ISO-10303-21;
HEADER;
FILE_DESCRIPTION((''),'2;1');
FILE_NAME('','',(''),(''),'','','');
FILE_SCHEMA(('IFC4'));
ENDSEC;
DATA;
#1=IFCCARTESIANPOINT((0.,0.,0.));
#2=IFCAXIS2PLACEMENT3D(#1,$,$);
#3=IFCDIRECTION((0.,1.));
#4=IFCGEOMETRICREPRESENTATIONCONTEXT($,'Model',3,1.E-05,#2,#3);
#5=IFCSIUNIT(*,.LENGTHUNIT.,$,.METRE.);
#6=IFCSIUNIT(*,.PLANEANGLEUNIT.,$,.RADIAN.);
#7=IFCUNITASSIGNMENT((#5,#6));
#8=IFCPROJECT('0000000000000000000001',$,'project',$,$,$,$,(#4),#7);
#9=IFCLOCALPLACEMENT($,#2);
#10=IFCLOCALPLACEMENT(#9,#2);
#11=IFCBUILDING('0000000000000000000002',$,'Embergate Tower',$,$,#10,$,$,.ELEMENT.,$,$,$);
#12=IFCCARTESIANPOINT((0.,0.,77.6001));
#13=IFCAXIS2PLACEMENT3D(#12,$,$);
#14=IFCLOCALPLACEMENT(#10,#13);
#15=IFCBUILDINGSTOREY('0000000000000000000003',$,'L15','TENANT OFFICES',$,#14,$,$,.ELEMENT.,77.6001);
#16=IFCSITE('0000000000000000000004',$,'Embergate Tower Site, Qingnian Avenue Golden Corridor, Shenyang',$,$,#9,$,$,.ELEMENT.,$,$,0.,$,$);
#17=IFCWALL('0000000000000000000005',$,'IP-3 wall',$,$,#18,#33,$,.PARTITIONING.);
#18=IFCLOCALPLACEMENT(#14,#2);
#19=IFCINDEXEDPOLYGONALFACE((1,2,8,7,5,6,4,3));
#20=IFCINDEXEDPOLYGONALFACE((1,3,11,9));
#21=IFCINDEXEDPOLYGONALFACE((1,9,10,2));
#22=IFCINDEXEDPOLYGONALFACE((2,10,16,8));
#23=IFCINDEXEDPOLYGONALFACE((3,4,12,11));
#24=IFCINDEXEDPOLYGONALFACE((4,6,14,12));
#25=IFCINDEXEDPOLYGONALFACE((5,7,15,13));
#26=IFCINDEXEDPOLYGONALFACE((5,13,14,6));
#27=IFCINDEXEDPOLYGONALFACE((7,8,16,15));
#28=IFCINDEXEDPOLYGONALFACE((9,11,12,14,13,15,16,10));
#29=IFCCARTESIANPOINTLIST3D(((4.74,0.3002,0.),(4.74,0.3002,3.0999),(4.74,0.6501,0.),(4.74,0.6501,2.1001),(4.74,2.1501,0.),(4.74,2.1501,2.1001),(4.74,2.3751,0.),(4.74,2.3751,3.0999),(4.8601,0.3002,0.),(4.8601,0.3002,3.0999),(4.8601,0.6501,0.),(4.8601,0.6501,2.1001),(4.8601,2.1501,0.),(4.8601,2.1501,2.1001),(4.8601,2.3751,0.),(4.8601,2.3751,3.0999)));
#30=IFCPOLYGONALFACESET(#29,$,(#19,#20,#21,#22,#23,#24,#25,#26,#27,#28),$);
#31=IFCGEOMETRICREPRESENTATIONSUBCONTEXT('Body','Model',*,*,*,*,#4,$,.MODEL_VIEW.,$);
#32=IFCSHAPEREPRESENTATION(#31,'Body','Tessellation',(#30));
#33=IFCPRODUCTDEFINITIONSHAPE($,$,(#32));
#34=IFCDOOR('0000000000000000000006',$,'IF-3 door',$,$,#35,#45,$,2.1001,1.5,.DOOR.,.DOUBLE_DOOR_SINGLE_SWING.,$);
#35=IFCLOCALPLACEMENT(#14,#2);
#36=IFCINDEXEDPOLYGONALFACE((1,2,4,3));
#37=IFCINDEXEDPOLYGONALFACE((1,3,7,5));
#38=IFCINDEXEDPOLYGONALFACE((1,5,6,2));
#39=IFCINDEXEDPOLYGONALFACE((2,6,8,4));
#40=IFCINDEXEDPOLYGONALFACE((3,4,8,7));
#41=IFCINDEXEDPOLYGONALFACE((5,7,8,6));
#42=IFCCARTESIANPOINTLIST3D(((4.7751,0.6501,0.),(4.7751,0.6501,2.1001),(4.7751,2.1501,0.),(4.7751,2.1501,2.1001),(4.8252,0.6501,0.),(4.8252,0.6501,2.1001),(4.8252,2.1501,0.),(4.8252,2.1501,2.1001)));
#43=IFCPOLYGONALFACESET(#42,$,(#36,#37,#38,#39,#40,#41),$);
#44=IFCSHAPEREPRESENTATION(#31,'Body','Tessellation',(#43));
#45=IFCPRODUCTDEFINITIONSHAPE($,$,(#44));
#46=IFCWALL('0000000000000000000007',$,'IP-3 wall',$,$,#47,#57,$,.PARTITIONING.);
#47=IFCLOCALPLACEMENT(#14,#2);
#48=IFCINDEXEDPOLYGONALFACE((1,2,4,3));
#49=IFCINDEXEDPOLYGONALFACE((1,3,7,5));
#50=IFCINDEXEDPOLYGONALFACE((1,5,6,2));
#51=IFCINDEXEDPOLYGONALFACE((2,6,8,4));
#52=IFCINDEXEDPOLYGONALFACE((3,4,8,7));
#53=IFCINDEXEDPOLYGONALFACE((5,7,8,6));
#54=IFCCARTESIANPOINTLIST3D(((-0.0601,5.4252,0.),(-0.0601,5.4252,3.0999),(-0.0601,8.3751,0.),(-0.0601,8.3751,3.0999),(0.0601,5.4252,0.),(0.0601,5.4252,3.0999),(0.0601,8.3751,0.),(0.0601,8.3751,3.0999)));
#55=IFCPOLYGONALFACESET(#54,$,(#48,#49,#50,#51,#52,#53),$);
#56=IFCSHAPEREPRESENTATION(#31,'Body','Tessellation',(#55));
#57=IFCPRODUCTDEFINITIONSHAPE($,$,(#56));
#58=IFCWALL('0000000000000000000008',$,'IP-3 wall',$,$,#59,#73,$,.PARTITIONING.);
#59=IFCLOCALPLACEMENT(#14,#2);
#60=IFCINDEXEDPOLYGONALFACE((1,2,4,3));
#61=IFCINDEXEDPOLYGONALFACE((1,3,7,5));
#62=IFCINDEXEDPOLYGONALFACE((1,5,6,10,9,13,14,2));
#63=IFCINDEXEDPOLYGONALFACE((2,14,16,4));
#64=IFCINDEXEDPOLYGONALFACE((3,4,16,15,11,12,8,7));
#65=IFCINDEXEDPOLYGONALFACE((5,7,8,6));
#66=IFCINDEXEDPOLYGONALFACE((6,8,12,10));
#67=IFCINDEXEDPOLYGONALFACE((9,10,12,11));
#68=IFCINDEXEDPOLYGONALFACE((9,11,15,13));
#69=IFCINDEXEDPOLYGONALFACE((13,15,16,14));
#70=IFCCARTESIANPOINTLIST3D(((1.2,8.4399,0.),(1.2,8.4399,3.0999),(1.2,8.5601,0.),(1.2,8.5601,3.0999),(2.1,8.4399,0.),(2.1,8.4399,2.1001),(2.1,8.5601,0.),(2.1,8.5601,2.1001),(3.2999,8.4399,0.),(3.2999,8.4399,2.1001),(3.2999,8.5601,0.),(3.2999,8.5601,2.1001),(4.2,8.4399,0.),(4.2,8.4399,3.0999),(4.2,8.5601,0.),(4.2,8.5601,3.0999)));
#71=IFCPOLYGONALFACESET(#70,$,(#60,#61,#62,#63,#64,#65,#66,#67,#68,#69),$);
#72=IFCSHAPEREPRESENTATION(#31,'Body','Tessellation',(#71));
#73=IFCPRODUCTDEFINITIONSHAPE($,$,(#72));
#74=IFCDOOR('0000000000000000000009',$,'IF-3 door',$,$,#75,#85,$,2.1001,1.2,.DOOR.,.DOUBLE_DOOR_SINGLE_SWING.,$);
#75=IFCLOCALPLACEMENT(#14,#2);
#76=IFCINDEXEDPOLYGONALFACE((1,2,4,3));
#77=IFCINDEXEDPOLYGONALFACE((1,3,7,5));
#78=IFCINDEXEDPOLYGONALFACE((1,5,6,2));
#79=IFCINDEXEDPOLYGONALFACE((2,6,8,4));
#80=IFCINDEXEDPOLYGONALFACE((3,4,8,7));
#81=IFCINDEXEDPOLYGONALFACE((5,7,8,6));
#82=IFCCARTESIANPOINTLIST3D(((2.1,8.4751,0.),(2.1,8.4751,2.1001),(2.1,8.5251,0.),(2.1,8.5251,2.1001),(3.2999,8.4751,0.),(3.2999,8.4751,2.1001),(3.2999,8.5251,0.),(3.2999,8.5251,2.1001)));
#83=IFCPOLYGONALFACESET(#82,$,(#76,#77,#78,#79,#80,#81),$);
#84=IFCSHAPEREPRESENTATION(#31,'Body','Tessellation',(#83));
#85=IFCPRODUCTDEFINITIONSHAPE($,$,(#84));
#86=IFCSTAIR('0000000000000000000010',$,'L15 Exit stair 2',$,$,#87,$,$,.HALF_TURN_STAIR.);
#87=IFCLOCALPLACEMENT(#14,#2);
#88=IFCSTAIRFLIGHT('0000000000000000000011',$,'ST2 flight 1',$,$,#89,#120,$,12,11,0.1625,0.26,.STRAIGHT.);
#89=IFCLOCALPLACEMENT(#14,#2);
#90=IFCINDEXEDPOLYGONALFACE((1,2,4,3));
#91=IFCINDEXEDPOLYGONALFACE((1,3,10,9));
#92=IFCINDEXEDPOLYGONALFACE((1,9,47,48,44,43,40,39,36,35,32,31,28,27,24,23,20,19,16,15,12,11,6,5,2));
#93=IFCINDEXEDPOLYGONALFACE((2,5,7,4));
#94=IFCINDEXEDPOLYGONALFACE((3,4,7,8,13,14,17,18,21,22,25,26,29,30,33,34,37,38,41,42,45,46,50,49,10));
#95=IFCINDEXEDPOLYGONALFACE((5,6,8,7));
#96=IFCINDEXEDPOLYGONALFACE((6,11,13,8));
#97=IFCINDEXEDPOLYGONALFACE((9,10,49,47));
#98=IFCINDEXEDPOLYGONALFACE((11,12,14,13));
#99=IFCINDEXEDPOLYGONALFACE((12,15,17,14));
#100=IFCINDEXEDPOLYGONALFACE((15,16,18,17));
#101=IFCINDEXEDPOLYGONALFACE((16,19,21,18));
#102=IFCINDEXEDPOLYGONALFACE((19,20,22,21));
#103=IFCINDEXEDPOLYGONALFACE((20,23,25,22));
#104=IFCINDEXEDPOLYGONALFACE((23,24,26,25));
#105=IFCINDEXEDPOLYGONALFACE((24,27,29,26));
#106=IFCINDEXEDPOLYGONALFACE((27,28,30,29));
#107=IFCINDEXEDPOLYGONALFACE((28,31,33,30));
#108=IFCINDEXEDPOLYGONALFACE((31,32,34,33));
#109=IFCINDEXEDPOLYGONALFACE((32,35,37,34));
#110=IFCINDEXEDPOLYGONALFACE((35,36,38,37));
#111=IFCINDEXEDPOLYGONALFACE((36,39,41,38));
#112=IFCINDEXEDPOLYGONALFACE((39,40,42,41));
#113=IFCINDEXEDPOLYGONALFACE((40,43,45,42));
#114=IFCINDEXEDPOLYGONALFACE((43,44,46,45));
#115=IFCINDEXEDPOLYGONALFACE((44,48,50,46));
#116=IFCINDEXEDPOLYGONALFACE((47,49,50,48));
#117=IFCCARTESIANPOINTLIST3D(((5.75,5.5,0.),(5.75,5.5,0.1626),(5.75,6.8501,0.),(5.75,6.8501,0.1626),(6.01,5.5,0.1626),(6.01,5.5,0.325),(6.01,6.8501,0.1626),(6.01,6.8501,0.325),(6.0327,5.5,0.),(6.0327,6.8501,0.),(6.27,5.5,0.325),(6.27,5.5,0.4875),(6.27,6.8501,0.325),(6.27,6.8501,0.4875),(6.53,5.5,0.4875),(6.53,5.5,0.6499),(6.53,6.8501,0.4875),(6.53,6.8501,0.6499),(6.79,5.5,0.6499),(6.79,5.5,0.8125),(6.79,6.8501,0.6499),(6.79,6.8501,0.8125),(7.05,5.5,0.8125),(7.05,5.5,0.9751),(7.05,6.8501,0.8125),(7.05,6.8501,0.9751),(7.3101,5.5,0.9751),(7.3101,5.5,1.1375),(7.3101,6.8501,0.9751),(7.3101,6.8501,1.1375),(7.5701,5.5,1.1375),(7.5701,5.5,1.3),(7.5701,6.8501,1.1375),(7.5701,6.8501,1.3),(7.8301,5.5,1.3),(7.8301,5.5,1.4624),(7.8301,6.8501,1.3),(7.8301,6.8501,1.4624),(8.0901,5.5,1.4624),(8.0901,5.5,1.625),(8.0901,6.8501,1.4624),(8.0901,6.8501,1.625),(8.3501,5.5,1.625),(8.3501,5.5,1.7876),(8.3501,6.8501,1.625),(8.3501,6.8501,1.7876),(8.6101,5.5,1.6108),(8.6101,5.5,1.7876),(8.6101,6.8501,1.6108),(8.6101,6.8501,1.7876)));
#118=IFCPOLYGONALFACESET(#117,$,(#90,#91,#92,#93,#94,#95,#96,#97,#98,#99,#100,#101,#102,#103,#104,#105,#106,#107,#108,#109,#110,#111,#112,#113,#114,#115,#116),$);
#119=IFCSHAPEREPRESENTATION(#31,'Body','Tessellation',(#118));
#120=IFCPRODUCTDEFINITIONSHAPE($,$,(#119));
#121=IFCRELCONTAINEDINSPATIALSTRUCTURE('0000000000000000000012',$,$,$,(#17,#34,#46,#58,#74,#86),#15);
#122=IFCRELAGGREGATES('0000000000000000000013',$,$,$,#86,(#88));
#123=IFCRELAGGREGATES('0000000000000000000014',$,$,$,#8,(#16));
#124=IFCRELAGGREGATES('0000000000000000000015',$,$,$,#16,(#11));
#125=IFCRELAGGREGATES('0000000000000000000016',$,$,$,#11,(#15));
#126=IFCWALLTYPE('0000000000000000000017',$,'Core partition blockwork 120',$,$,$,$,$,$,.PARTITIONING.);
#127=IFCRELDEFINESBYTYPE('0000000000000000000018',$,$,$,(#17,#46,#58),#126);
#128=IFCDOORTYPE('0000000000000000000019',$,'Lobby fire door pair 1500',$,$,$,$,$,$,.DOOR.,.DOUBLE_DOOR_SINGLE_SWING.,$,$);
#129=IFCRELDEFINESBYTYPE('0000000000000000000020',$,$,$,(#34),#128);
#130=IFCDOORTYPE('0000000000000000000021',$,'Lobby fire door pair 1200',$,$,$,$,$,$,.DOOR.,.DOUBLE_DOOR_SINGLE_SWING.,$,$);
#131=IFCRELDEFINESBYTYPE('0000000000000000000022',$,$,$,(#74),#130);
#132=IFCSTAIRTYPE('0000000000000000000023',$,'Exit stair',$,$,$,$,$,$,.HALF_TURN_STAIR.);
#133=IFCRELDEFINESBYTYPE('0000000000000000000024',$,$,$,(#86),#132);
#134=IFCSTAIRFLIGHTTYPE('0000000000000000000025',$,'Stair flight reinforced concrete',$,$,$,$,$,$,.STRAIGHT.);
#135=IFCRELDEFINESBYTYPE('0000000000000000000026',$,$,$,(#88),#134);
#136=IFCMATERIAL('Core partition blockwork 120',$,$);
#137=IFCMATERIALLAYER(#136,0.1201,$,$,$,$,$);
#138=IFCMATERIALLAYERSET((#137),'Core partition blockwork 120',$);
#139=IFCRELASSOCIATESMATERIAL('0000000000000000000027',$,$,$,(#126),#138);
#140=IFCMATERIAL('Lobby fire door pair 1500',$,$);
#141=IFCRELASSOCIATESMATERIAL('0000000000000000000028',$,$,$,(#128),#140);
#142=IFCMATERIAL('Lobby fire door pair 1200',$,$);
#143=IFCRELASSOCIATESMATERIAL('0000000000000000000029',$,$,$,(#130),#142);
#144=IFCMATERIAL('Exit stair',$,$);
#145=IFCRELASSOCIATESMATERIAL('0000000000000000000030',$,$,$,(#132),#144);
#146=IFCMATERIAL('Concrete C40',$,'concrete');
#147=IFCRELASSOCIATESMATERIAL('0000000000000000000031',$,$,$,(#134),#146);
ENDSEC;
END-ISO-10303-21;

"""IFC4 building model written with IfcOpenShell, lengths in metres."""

from ifc_helpers import new_model, si_unit, direction, frame, frame_2d, origin, place, context, subcontext, project, spatial, polyline, rectangle, outline, extrude, source, transform, mapped, material, layer, layer_set, type_object, element, fill, aggregate, save


model = new_model("IFC4")

# Units and contexts
model_context = context("Model", 3, precision=1e-05, world=origin(), true_north=direction((0.0, 1.0)))
body_context = subcontext(model_context, "Body", "Model", "MODEL_VIEW")
ifc_project = project(units=[si_unit("LENGTHUNIT", "METRE"), si_unit("PLANEANGLEUNIT", "RADIAN")], contexts=[model_context])

# Site, building, storey
site_placement = place(None, origin())
site = spatial("IfcSite", under=ifc_project, at=site_placement, Name="Embergate Tower Site, Qingnian Avenue Golden Corridor, Shenyang", CompositionType="ELEMENT", RefElevation=0.0)
building_placement = place(site_placement, origin())
building = spatial("IfcBuilding", under=site, at=building_placement, Name="Embergate Tower", CompositionType="ELEMENT")
storey_placement = place(building_placement, frame((0.0, 0.0, 77.6001)))
storey = spatial("IfcBuildingStorey", under=building, at=storey_placement, Name="L15", Description="TENANT OFFICES", CompositionType="ELEMENT", Elevation=77.6001)

# Shared definitions
shared_shape_1 = source(origin(), body_context, "Body", "SweptSolid", [
    extrude(rectangle(XDim=1.2, YDim=2.1001, at=frame_2d((0.6001, 1.05))), frame((0.0, 0.0249, 0.0), z_axis=(0.0, -1.0, 0.0), x_axis=(1.0, 0.0, 0.0)), (0.0, 0.0, 1.0), 0.05),
])

# Shared definitions
ifc_material_1 = material(Name="Core partition blockwork 120")
ifc_layer_1 = layer(ifc_material_1, 0.1201)
ifc_layer_set_1 = layer_set([ifc_layer_1], Name="Core partition blockwork 120")
wall_type_1 = type_object("IfcWallType", Name="Core partition blockwork 120", PredefinedType="PARTITIONING", material=ifc_layer_set_1)

# Wall, opening, door
shared_shape_2 = source(origin(), body_context, "Body", "SweptSolid", [
    extrude(rectangle(XDim=2.075, YDim=0.1201, at=frame_2d((1.0376, 0.0))), origin(), (0.0, 0.0, 1.0), 3.0999),
])
wall_1_placement = place(storey_placement, frame((4.8, 0.3, 0.0), z_axis=(0.0, 0.0, 1.0), x_axis=(0.0, 1.0, 0.0)))
wall_1 = element("IfcWall", 1, at=wall_1_placement, inside=storey, type_object=wall_type_1, Name="IP-3 wall", PredefinedType="PARTITIONING", context=body_context, shape_type="MappedRepresentation", body=[
    mapped(shared_shape_2, transform((0.0, 0.0, 0.0))),
])
shared_shape_3 = source(origin(), body_context, "Body", "SweptSolid", [
    extrude(rectangle(XDim=1.5, YDim=2.1001, at=frame_2d((0.75, 1.05))), frame((0.0, 0.0701, 0.0), z_axis=(0.0, -1.0, 0.0), x_axis=(1.0, 0.0, 0.0)), (0.0, 0.0, 1.0), 0.1401),
])
opening_1_placement = place(wall_1_placement, frame((0.3501, 0.0, 0.0)))
opening_1 = element("IfcOpeningElement", 2, at=opening_1_placement, cuts=wall_1, PredefinedType="OPENING", context=body_context, shape_type="MappedRepresentation", body=[
    mapped(shared_shape_3, transform((0.0, 0.0, 0.0))),
])
ifc_material_2 = material(Name="Lobby fire door pair 1500")
door_type_1 = type_object("IfcDoorType", Name="Lobby fire door pair 1500", OperationType="DOUBLE_DOOR_SINGLE_SWING", PredefinedType="DOOR", material=ifc_material_2)
shared_shape_4 = source(origin(), body_context, "Body", "SweptSolid", [
    extrude(rectangle(XDim=1.5, YDim=2.1001, at=frame_2d((0.75, 1.05))), frame((0.0, 0.0249, 0.0), z_axis=(0.0, -1.0, 0.0), x_axis=(1.0, 0.0, 0.0)), (0.0, 0.0, 1.0), 0.05),
])
door_1_placement = place(opening_1_placement, origin())
door_1 = element("IfcDoor", 3, at=door_1_placement, inside=storey, type_object=door_type_1, Name="IF-3 door", OperationType="DOUBLE_DOOR_SINGLE_SWING", OverallHeight=2.1001, OverallWidth=1.5, PredefinedType="DOOR", context=body_context, shape_type="MappedRepresentation", body=[
    mapped(shared_shape_4, transform((0.0, 0.0, 0.0))),
])
fill(opening_1, door_1)

# Wall
shared_shape_5 = source(origin(), body_context, "Body", "SweptSolid", [
    extrude(rectangle(XDim=2.95, YDim=0.1201, at=frame_2d((1.4751, 0.0))), origin(), (0.0, 0.0, 1.0), 3.0999),
])
wall_2_placement = place(storey_placement, frame((0.0, 5.425, 0.0), z_axis=(0.0, 0.0, 1.0), x_axis=(0.0, 1.0, 0.0)))
element("IfcWall", 4, at=wall_2_placement, inside=storey, type_object=wall_type_1, Name="IP-3 wall", PredefinedType="PARTITIONING", context=body_context, shape_type="MappedRepresentation", body=[
    mapped(shared_shape_5, transform((0.0, 0.0, 0.0))),
])

# Wall, opening, door
shared_shape_6 = source(origin(), body_context, "Body", "SweptSolid", [
    extrude(rectangle(XDim=3.0, YDim=0.1201, at=frame_2d((1.5, 0.0))), origin(), (0.0, 0.0, 1.0), 3.0999),
])
wall_3_placement = place(storey_placement, frame((4.2, 8.5, 0.0), z_axis=(0.0, 0.0, 1.0), x_axis=(-1.0, 0.0, 0.0)))
wall_3 = element("IfcWall", 5, at=wall_3_placement, inside=storey, type_object=wall_type_1, Name="IP-3 wall", PredefinedType="PARTITIONING", context=body_context, shape_type="MappedRepresentation", body=[
    mapped(shared_shape_6, transform((0.0, 0.0, 0.0))),
])
shared_shape_7 = source(origin(), body_context, "Body", "SweptSolid", [
    extrude(rectangle(XDim=1.2, YDim=2.1001, at=frame_2d((0.6001, 1.05))), frame((0.0, 0.0701, 0.0), z_axis=(0.0, -1.0, 0.0), x_axis=(1.0, 0.0, 0.0)), (0.0, 0.0, 1.0), 0.1401),
])
opening_2_placement = place(wall_3_placement, frame((0.8999, 0.0, 0.0)))
opening_2 = element("IfcOpeningElement", 6, at=opening_2_placement, cuts=wall_3, PredefinedType="OPENING", context=body_context, shape_type="MappedRepresentation", body=[
    mapped(shared_shape_7, transform((0.0, 0.0, 0.0))),
])
ifc_material_3 = material(Name="Lobby fire door pair 1200")
door_type_2 = type_object("IfcDoorType", Name="Lobby fire door pair 1200", OperationType="DOUBLE_DOOR_SINGLE_SWING", PredefinedType="DOOR", material=ifc_material_3)
door_2_placement = place(opening_2_placement, origin())
door_2 = element("IfcDoor", 7, at=door_2_placement, inside=storey, type_object=door_type_2, Name="IF-3 door", OperationType="DOUBLE_DOOR_SINGLE_SWING", OverallHeight=2.1001, OverallWidth=1.2, PredefinedType="DOOR", context=body_context, shape_type="MappedRepresentation", body=[
    mapped(shared_shape_1, transform((0.0, 0.0, 0.0))),
])
fill(opening_2, door_2)

# Stair, stair flight
ifc_material_4 = material(Name="Exit stair")
stair_type = type_object("IfcStairType", Name="Exit stair", PredefinedType="HALF_TURN_STAIR", material=ifc_material_4)
stair_placement = place(storey_placement, origin())
stair = element("IfcStair", 8, at=stair_placement, inside=storey, type_object=stair_type, Name="L15 Exit stair 2", PredefinedType="HALF_TURN_STAIR")
ifc_material_5 = material(Name="Concrete C40", Category="concrete")
stair_flight_type = type_object("IfcStairFlightType", Name="Stair flight reinforced concrete", PredefinedType="STRAIGHT", material=ifc_material_5)
shared_shape_8 = source(origin(), body_context, "Body", "SweptSolid", [
    extrude(outline(polyline([(0.0, 0.0), (0.0, 0.1626), (0.26, 0.1626), (0.26, 0.325), (0.52, 0.325), (0.52, 0.4875), (0.78, 0.4875), (0.78, 0.6499), (1.04, 0.6499), (1.04, 0.8125), (1.3, 0.8125), (1.3, 0.9751), (1.5601, 0.9751), (1.5601, 1.1375), (1.8201, 1.1375), (1.8201, 1.3), (2.0801, 1.3), (2.0801, 1.4624), (2.3401, 1.4624), (2.3401, 1.625), (2.6001, 1.625), (2.6001, 1.7876), (2.8601, 1.7876), (2.8601, 1.95), (2.8601, 1.6108), (0.2827, 0.0), (0.0, 0.0)])), frame((0.0, 0.675, 0.0), z_axis=(0.0, -1.0, 0.0), x_axis=(1.0, 0.0, 0.0)), (0.0, 0.0, 1.0), 1.3501),
])
stair_flight_placement = place(storey_placement, frame((5.75, 6.175, 0.0), z_axis=(0.0, 0.0, 1.0), x_axis=(1.0, 0.0, 0.0)))
stair_flight = element("IfcStairFlight", 9, at=stair_flight_placement, type_object=stair_flight_type, Name="ST2 flight 1", NumberOfRisers=12, NumberOfTreads=11, PredefinedType="STRAIGHT", RiserHeight=0.1625, TreadLength=0.26, context=body_context, shape_type="MappedRepresentation", body=[
    mapped(shared_shape_8, transform((0.0, 0.0, 0.0))),
])
aggregate(stair, [stair_flight])

save(model, "model.ifc")
